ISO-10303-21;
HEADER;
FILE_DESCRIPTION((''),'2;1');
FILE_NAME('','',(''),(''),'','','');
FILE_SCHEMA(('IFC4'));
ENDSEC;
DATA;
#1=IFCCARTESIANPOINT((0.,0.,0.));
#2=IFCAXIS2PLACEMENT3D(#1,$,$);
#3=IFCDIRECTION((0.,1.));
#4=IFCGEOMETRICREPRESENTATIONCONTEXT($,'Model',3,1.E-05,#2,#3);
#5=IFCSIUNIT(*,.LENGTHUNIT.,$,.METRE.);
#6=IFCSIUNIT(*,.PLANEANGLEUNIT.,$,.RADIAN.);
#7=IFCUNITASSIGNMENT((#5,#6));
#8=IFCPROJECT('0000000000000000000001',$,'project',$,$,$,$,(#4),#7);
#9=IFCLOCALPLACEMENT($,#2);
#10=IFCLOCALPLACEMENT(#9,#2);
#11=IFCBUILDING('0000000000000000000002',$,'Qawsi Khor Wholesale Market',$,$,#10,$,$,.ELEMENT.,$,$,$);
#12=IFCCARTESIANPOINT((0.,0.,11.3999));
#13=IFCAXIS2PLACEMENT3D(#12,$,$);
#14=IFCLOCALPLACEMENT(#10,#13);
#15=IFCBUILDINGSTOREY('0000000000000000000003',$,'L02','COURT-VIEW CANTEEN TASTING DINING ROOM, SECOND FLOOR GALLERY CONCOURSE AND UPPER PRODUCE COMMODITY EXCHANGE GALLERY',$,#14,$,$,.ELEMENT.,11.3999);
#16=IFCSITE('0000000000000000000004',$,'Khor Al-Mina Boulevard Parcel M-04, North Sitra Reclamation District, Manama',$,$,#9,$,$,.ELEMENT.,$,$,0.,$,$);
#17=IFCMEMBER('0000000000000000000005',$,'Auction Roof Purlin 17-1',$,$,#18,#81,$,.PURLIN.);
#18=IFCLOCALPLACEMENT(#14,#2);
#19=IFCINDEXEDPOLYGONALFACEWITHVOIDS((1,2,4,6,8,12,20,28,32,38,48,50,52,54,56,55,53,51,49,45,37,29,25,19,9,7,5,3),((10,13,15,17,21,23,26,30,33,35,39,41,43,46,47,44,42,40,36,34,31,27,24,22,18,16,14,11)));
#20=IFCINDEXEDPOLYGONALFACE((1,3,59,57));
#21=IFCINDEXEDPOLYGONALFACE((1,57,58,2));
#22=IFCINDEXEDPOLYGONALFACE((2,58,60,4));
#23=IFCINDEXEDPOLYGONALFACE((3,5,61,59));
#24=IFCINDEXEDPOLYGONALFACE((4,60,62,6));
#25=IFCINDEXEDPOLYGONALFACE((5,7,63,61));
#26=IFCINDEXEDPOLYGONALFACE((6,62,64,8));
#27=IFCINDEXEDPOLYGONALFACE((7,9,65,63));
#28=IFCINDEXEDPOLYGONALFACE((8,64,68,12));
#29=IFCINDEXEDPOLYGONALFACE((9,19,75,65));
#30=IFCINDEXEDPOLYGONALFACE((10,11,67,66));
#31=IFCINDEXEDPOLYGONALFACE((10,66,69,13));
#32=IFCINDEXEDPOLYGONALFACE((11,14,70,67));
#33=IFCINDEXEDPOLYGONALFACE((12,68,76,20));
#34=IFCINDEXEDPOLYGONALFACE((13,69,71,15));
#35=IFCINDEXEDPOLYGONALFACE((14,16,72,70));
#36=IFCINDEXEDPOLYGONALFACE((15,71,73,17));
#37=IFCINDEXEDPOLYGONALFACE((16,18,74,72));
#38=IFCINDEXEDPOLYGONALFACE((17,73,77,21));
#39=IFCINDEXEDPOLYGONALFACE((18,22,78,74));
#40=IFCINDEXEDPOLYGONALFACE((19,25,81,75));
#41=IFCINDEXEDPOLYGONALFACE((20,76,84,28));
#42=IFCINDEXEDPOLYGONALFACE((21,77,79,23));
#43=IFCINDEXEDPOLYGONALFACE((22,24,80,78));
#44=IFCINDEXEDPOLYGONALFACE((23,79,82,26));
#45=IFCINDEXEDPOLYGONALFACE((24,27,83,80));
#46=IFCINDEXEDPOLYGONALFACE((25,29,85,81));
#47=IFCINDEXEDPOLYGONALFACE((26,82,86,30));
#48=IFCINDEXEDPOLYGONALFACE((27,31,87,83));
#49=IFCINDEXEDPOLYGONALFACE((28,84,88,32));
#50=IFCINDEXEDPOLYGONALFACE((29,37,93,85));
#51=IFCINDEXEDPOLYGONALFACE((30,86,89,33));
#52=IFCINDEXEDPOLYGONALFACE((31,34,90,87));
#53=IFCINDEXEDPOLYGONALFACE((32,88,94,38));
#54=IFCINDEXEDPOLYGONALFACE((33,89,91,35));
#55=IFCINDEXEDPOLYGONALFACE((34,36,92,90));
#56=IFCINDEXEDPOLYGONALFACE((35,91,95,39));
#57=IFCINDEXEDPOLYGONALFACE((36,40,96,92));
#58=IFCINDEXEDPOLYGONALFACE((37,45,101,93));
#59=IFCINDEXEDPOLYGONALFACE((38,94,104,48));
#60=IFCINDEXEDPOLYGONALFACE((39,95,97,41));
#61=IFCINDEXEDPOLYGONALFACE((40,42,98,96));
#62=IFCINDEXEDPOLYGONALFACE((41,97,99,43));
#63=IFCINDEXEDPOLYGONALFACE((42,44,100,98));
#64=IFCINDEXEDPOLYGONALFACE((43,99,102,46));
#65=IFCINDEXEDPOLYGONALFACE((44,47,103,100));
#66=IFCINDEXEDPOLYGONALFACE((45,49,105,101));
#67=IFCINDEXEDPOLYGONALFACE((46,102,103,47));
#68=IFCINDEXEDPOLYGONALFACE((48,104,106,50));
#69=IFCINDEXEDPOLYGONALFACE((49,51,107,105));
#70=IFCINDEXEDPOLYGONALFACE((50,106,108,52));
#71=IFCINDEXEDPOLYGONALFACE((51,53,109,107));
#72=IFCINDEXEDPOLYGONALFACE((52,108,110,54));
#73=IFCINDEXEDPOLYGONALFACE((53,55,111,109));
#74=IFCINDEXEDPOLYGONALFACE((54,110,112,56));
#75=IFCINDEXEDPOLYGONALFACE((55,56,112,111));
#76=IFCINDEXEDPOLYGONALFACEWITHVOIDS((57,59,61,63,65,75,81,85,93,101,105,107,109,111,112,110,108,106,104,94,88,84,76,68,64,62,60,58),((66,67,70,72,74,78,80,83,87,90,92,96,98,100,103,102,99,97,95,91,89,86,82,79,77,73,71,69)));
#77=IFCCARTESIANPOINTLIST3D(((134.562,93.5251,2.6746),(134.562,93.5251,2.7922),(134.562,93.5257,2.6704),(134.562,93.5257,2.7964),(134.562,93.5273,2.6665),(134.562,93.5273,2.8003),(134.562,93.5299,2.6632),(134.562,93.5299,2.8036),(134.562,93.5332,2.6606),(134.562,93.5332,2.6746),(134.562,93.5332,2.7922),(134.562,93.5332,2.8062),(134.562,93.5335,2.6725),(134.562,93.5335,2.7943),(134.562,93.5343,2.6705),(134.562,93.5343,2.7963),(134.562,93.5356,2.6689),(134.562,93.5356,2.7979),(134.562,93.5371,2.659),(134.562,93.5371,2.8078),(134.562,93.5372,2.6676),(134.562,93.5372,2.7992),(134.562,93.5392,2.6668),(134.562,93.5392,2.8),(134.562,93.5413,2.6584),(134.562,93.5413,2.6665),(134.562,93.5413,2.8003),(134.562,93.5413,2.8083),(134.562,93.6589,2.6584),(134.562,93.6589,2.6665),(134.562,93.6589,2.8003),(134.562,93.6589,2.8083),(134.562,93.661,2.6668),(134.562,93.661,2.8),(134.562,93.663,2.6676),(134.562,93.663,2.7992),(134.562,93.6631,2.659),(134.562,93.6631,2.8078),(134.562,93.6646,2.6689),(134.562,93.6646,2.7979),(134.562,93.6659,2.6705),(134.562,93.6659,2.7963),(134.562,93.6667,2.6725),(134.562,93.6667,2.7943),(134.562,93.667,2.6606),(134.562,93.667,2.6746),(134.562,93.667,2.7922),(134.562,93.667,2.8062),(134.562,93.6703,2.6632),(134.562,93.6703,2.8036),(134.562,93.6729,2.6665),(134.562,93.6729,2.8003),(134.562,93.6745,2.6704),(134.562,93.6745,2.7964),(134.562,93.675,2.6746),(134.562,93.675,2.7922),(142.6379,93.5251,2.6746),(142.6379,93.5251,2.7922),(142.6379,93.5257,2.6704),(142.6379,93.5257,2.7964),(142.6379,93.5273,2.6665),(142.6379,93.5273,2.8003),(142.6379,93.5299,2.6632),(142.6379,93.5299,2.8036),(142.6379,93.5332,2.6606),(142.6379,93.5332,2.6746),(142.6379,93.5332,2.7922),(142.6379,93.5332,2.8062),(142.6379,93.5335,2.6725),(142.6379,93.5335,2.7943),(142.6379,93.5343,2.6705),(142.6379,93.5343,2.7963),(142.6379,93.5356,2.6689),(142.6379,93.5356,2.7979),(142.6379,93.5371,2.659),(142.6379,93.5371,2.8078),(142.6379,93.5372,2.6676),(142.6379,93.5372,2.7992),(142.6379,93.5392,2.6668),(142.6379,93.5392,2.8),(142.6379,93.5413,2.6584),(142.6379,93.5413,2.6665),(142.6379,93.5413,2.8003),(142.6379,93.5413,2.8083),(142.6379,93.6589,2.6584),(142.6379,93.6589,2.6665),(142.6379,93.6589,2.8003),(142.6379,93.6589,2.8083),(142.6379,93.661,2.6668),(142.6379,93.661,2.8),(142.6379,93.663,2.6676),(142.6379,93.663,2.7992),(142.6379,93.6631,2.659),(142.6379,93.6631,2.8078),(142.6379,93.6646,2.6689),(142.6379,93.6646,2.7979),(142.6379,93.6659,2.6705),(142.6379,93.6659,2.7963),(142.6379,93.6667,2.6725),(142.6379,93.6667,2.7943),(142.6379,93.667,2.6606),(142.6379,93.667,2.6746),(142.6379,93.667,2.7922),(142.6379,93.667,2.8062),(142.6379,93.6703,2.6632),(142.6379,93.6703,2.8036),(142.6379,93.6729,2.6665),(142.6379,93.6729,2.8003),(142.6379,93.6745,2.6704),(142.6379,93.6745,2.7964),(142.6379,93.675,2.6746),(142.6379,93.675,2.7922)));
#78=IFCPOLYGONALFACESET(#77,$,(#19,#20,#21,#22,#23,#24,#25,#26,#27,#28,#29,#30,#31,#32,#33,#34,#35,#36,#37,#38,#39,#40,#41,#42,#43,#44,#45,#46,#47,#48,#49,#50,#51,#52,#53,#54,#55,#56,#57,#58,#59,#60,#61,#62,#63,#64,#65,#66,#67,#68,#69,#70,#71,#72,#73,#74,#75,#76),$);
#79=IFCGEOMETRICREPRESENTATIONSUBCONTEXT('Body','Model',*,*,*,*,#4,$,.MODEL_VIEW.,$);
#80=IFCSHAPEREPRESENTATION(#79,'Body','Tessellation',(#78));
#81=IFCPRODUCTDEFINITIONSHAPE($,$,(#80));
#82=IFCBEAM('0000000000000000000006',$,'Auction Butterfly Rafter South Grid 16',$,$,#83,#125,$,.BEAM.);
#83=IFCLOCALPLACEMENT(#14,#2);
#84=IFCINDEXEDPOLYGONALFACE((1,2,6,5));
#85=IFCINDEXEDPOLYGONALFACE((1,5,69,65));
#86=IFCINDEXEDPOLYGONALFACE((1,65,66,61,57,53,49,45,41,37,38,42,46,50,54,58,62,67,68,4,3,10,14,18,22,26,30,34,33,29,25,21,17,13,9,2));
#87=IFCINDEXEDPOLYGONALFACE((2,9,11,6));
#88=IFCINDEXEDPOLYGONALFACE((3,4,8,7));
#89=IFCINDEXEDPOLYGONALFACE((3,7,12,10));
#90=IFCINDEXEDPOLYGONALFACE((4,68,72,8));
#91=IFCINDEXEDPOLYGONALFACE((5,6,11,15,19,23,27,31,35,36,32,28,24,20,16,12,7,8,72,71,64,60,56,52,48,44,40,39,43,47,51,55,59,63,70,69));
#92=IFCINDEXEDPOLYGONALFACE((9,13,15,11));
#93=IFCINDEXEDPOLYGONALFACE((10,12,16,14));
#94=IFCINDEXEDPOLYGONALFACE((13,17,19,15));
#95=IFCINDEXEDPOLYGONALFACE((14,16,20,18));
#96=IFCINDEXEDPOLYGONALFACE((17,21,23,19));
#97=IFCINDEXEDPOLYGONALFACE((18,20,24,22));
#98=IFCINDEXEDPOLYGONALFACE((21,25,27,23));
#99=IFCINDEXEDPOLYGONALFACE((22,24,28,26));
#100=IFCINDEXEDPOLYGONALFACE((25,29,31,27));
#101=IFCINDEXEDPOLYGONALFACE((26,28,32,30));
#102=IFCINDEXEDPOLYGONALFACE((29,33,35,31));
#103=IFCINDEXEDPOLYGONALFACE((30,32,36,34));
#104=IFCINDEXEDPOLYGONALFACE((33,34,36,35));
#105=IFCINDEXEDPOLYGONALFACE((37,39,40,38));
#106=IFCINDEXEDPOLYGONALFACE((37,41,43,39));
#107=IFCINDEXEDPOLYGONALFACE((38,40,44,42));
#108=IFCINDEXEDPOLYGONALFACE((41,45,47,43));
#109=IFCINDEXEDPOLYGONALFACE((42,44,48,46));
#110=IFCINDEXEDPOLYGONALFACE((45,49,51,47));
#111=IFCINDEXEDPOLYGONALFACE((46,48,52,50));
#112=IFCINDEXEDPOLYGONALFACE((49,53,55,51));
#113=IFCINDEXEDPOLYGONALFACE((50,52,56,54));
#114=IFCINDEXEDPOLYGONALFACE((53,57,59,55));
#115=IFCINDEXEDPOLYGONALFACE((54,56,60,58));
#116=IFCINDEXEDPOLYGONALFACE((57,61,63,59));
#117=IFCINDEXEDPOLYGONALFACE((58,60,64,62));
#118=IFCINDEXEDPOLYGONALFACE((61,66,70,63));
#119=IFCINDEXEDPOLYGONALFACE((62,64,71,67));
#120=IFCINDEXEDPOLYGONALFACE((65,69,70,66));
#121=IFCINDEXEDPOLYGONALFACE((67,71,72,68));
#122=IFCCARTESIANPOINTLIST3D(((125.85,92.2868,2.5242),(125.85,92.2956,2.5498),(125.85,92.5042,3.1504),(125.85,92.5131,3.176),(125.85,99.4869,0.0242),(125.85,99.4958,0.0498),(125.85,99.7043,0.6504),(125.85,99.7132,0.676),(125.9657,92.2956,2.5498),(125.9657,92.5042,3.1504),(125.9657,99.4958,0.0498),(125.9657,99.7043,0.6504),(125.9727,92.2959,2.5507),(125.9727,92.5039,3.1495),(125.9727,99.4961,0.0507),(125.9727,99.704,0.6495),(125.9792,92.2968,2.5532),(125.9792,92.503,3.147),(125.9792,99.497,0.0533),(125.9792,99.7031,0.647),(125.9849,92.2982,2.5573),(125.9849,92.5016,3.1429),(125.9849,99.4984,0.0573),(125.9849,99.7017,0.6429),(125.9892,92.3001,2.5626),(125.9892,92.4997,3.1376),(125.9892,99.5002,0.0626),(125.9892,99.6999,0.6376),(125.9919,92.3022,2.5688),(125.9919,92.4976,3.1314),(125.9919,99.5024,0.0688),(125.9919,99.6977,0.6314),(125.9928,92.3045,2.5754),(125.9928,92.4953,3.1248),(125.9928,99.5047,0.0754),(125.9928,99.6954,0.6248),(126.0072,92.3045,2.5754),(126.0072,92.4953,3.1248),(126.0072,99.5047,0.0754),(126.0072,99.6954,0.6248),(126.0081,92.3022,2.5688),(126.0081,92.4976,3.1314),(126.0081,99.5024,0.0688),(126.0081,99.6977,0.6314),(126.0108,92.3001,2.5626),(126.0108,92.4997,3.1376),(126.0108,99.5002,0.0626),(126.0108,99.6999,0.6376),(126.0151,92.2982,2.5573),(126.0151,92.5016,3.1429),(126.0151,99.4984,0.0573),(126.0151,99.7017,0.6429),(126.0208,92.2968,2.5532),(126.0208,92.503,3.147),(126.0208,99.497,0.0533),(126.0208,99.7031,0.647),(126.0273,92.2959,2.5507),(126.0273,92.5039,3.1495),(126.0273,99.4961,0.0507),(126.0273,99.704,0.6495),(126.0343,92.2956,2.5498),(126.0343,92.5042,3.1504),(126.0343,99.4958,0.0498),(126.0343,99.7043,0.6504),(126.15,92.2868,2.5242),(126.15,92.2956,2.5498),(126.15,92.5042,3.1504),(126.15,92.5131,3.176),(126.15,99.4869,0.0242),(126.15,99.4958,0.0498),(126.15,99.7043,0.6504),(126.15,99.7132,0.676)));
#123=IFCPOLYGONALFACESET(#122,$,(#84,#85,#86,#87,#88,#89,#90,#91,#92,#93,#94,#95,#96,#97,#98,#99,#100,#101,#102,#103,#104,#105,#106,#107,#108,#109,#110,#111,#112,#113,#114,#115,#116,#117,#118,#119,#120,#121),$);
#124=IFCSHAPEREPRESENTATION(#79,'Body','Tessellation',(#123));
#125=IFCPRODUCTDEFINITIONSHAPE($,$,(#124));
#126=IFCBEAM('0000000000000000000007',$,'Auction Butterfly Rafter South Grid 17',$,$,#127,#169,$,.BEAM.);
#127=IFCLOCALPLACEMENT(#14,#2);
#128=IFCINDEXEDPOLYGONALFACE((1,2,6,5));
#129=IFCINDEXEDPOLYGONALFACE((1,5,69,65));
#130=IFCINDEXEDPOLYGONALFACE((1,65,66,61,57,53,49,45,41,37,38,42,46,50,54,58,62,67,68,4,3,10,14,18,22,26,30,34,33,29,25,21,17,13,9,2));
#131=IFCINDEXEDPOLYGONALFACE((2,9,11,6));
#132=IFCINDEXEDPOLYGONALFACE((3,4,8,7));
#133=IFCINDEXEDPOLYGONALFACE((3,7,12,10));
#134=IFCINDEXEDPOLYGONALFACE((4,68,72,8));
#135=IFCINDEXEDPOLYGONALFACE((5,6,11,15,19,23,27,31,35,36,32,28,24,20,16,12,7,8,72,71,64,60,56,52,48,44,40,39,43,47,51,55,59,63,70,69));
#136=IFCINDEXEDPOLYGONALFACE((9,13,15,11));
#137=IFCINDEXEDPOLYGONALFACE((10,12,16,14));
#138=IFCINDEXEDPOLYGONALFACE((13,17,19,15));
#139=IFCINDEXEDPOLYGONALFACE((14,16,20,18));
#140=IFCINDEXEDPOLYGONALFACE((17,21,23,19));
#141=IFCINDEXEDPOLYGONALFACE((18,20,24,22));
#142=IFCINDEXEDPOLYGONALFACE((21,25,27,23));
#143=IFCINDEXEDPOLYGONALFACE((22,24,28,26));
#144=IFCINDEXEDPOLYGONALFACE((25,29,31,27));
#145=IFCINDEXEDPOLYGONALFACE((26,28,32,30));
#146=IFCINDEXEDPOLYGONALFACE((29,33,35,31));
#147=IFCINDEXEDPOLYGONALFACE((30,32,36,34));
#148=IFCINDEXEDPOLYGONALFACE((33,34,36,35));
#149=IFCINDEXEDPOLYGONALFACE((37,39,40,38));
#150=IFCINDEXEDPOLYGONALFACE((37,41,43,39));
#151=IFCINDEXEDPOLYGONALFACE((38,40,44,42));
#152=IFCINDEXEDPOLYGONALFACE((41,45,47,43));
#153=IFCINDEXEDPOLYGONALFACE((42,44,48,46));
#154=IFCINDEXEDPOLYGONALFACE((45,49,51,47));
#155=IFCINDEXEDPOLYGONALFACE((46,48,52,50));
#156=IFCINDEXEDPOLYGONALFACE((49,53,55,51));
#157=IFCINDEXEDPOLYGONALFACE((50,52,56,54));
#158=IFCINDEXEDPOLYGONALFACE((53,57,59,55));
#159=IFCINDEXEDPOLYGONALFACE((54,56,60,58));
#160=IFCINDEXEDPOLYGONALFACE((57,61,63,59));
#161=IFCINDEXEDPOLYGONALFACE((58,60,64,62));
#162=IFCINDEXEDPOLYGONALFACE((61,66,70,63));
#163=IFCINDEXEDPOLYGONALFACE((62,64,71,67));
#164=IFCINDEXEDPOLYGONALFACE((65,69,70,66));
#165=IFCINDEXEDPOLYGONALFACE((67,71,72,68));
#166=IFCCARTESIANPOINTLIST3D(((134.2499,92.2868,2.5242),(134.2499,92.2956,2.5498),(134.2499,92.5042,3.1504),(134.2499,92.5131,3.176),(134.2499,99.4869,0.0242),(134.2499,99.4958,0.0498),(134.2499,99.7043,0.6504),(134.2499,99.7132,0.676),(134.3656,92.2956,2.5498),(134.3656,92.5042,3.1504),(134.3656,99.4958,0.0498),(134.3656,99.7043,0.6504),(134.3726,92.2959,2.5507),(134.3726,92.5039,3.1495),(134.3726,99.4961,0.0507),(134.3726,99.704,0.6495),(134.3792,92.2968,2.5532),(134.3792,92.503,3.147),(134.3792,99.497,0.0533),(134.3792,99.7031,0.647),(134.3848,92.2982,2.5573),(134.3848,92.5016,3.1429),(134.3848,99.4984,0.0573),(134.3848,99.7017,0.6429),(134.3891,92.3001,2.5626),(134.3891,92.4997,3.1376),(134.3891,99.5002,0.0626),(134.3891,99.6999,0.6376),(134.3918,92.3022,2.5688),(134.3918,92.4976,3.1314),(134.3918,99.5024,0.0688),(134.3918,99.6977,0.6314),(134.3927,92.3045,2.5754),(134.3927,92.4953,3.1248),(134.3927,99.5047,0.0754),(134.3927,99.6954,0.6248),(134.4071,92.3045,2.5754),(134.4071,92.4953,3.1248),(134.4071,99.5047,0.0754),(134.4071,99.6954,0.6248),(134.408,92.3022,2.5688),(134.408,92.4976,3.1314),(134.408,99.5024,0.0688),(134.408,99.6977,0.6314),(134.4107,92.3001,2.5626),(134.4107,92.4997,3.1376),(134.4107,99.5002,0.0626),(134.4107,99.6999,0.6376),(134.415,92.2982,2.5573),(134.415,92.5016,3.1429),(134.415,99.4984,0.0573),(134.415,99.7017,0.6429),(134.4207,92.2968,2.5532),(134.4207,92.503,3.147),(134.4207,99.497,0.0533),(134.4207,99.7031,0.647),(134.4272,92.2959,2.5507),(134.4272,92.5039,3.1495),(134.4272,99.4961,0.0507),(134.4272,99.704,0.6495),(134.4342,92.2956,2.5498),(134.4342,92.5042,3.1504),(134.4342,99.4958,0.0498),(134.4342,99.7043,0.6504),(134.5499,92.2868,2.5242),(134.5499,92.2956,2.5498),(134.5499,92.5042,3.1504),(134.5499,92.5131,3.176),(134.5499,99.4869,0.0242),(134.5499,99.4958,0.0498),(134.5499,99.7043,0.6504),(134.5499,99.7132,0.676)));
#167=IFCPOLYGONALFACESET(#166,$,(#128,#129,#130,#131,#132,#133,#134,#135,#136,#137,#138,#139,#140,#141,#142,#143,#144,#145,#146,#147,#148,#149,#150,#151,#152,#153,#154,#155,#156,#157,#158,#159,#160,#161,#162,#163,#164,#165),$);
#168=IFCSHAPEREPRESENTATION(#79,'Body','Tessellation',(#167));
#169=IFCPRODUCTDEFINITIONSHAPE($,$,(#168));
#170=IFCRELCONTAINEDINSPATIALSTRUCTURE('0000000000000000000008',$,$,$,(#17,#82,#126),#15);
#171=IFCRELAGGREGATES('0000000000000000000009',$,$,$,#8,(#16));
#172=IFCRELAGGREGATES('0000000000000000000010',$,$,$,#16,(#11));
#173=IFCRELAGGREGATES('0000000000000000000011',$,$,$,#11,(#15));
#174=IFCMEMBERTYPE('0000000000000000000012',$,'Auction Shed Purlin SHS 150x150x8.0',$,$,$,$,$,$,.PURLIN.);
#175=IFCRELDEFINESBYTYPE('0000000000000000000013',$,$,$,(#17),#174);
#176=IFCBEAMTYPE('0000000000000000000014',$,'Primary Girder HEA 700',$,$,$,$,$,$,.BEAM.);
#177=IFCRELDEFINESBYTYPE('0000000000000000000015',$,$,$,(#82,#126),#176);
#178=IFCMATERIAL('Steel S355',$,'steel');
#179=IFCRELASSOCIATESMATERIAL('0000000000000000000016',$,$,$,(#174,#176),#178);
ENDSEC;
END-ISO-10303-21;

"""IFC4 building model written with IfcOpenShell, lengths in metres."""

from ifc_helpers import new_model, si_unit, direction, frame, origin, origin_2d, place, context, subcontext, project, spatial, hollow_rectangle, i_section, extrude, material, material_profile, profile_set, type_object, element, save


model = new_model("IFC4")

# Units and contexts
model_context = context("Model", 3, precision=1e-05, world=origin(), true_north=direction((0.0, 1.0)))
body_context = subcontext(model_context, "Body", "Model", "MODEL_VIEW")
ifc_project = project(units=[si_unit("LENGTHUNIT", "METRE"), si_unit("PLANEANGLEUNIT", "RADIAN")], contexts=[model_context])

# Site, building, storey
site_placement = place(None, origin())
site = spatial("IfcSite", under=ifc_project, at=site_placement, Name="Khor Al-Mina Boulevard Parcel M-04, North Sitra Reclamation District, Manama", CompositionType="ELEMENT", RefElevation=0.0)
building_placement = place(site_placement, origin())
building = spatial("IfcBuilding", under=site, at=building_placement, Name="Qawsi Khor Wholesale Market", CompositionType="ELEMENT")
storey_placement = place(building_placement, frame((0.0, 0.0, 11.3999)))
storey = spatial("IfcBuildingStorey", under=building, at=storey_placement, Name="L02", Description="COURT-VIEW CANTEEN TASTING DINING ROOM, SECOND FLOOR GALLERY CONCOURSE AND UPPER PRODUCE COMMODITY EXCHANGE GALLERY", CompositionType="ELEMENT", Elevation=11.3999)

# Member
ifc_material_1 = material(Name="Steel S355", Category="steel")
ifc_material_profile_1 = material_profile(ifc_material_1, hollow_rectangle(XDim=0.1499, YDim=0.1499, WallThickness=0.0081, InnerFilletRadius=0.0081, OuterFilletRadius=0.0161, at=origin_2d()), Name="SHS 150x150x8.0")
ifc_profile_set_1 = profile_set([ifc_material_profile_1], Name="Steel S355")
member_type_1 = type_object("IfcMemberType", Name="Auction Shed Purlin SHS 150x150x8.0", PredefinedType="PURLIN", material=ifc_profile_set_1)
for number, where, z_axis, x_axis, name in (
    (1, (134.562, 93.6001, 2.7334), (1.0, 0.0, 0.0), (0.0, 1.0, 0.0), "Auction Roof Purlin 17-1"),
):
    element("IfcMember", number, at=place(storey_placement, frame(where, z_axis=z_axis, x_axis=x_axis)), inside=storey, type_object=member_type_1, Name=name, PredefinedType="PURLIN", context=body_context, shape_type="SweptSolid", body=[
        extrude(hollow_rectangle(XDim=0.1499, YDim=0.1499, WallThickness=0.0081, InnerFilletRadius=0.0081, OuterFilletRadius=0.0161, at=origin_2d()), origin(), (0.0, 0.0, 1.0), 8.0759),
    ])

# Beams
ifc_material_profile_2 = material_profile(ifc_material_1, i_section(OverallWidth=0.3, OverallDepth=0.6899, WebThickness=0.0144, FlangeThickness=0.0271, FilletRadius=0.0271, at=origin_2d()), Name="HEA 700")
ifc_profile_set_2 = profile_set([ifc_material_profile_2], Name="Steel S355")
beam_type = type_object("IfcBeamType", Name="Primary Girder HEA 700", PredefinedType="BEAM", material=ifc_profile_set_2)
for number, where, z_axis, x_axis, name in (
    (2, (126.0, 92.3999, 2.8501), (0.0, 0.944676, -0.328004), (-1.0, 0.0, 0.0), "Auction Butterfly Rafter South Grid 16"),
    (3, (134.3999, 92.3999, 2.8501), (0.0, 0.944676, -0.328004), (-1.0, 0.0, 0.0), "Auction Butterfly Rafter South Grid 17"),
):
    element("IfcBeam", number, at=place(storey_placement, frame(where, z_axis=z_axis, x_axis=x_axis)), inside=storey, type_object=beam_type, Name=name, PredefinedType="BEAM", context=body_context, shape_type="SweptSolid", body=[
        extrude(i_section(OverallWidth=0.3, OverallDepth=0.6899, WebThickness=0.0144, FlangeThickness=0.0271, FilletRadius=0.0271, at=origin_2d()), origin(), (0.0, 0.0, 1.0), 7.6218),
    ])

save(model, "model.ifc")
